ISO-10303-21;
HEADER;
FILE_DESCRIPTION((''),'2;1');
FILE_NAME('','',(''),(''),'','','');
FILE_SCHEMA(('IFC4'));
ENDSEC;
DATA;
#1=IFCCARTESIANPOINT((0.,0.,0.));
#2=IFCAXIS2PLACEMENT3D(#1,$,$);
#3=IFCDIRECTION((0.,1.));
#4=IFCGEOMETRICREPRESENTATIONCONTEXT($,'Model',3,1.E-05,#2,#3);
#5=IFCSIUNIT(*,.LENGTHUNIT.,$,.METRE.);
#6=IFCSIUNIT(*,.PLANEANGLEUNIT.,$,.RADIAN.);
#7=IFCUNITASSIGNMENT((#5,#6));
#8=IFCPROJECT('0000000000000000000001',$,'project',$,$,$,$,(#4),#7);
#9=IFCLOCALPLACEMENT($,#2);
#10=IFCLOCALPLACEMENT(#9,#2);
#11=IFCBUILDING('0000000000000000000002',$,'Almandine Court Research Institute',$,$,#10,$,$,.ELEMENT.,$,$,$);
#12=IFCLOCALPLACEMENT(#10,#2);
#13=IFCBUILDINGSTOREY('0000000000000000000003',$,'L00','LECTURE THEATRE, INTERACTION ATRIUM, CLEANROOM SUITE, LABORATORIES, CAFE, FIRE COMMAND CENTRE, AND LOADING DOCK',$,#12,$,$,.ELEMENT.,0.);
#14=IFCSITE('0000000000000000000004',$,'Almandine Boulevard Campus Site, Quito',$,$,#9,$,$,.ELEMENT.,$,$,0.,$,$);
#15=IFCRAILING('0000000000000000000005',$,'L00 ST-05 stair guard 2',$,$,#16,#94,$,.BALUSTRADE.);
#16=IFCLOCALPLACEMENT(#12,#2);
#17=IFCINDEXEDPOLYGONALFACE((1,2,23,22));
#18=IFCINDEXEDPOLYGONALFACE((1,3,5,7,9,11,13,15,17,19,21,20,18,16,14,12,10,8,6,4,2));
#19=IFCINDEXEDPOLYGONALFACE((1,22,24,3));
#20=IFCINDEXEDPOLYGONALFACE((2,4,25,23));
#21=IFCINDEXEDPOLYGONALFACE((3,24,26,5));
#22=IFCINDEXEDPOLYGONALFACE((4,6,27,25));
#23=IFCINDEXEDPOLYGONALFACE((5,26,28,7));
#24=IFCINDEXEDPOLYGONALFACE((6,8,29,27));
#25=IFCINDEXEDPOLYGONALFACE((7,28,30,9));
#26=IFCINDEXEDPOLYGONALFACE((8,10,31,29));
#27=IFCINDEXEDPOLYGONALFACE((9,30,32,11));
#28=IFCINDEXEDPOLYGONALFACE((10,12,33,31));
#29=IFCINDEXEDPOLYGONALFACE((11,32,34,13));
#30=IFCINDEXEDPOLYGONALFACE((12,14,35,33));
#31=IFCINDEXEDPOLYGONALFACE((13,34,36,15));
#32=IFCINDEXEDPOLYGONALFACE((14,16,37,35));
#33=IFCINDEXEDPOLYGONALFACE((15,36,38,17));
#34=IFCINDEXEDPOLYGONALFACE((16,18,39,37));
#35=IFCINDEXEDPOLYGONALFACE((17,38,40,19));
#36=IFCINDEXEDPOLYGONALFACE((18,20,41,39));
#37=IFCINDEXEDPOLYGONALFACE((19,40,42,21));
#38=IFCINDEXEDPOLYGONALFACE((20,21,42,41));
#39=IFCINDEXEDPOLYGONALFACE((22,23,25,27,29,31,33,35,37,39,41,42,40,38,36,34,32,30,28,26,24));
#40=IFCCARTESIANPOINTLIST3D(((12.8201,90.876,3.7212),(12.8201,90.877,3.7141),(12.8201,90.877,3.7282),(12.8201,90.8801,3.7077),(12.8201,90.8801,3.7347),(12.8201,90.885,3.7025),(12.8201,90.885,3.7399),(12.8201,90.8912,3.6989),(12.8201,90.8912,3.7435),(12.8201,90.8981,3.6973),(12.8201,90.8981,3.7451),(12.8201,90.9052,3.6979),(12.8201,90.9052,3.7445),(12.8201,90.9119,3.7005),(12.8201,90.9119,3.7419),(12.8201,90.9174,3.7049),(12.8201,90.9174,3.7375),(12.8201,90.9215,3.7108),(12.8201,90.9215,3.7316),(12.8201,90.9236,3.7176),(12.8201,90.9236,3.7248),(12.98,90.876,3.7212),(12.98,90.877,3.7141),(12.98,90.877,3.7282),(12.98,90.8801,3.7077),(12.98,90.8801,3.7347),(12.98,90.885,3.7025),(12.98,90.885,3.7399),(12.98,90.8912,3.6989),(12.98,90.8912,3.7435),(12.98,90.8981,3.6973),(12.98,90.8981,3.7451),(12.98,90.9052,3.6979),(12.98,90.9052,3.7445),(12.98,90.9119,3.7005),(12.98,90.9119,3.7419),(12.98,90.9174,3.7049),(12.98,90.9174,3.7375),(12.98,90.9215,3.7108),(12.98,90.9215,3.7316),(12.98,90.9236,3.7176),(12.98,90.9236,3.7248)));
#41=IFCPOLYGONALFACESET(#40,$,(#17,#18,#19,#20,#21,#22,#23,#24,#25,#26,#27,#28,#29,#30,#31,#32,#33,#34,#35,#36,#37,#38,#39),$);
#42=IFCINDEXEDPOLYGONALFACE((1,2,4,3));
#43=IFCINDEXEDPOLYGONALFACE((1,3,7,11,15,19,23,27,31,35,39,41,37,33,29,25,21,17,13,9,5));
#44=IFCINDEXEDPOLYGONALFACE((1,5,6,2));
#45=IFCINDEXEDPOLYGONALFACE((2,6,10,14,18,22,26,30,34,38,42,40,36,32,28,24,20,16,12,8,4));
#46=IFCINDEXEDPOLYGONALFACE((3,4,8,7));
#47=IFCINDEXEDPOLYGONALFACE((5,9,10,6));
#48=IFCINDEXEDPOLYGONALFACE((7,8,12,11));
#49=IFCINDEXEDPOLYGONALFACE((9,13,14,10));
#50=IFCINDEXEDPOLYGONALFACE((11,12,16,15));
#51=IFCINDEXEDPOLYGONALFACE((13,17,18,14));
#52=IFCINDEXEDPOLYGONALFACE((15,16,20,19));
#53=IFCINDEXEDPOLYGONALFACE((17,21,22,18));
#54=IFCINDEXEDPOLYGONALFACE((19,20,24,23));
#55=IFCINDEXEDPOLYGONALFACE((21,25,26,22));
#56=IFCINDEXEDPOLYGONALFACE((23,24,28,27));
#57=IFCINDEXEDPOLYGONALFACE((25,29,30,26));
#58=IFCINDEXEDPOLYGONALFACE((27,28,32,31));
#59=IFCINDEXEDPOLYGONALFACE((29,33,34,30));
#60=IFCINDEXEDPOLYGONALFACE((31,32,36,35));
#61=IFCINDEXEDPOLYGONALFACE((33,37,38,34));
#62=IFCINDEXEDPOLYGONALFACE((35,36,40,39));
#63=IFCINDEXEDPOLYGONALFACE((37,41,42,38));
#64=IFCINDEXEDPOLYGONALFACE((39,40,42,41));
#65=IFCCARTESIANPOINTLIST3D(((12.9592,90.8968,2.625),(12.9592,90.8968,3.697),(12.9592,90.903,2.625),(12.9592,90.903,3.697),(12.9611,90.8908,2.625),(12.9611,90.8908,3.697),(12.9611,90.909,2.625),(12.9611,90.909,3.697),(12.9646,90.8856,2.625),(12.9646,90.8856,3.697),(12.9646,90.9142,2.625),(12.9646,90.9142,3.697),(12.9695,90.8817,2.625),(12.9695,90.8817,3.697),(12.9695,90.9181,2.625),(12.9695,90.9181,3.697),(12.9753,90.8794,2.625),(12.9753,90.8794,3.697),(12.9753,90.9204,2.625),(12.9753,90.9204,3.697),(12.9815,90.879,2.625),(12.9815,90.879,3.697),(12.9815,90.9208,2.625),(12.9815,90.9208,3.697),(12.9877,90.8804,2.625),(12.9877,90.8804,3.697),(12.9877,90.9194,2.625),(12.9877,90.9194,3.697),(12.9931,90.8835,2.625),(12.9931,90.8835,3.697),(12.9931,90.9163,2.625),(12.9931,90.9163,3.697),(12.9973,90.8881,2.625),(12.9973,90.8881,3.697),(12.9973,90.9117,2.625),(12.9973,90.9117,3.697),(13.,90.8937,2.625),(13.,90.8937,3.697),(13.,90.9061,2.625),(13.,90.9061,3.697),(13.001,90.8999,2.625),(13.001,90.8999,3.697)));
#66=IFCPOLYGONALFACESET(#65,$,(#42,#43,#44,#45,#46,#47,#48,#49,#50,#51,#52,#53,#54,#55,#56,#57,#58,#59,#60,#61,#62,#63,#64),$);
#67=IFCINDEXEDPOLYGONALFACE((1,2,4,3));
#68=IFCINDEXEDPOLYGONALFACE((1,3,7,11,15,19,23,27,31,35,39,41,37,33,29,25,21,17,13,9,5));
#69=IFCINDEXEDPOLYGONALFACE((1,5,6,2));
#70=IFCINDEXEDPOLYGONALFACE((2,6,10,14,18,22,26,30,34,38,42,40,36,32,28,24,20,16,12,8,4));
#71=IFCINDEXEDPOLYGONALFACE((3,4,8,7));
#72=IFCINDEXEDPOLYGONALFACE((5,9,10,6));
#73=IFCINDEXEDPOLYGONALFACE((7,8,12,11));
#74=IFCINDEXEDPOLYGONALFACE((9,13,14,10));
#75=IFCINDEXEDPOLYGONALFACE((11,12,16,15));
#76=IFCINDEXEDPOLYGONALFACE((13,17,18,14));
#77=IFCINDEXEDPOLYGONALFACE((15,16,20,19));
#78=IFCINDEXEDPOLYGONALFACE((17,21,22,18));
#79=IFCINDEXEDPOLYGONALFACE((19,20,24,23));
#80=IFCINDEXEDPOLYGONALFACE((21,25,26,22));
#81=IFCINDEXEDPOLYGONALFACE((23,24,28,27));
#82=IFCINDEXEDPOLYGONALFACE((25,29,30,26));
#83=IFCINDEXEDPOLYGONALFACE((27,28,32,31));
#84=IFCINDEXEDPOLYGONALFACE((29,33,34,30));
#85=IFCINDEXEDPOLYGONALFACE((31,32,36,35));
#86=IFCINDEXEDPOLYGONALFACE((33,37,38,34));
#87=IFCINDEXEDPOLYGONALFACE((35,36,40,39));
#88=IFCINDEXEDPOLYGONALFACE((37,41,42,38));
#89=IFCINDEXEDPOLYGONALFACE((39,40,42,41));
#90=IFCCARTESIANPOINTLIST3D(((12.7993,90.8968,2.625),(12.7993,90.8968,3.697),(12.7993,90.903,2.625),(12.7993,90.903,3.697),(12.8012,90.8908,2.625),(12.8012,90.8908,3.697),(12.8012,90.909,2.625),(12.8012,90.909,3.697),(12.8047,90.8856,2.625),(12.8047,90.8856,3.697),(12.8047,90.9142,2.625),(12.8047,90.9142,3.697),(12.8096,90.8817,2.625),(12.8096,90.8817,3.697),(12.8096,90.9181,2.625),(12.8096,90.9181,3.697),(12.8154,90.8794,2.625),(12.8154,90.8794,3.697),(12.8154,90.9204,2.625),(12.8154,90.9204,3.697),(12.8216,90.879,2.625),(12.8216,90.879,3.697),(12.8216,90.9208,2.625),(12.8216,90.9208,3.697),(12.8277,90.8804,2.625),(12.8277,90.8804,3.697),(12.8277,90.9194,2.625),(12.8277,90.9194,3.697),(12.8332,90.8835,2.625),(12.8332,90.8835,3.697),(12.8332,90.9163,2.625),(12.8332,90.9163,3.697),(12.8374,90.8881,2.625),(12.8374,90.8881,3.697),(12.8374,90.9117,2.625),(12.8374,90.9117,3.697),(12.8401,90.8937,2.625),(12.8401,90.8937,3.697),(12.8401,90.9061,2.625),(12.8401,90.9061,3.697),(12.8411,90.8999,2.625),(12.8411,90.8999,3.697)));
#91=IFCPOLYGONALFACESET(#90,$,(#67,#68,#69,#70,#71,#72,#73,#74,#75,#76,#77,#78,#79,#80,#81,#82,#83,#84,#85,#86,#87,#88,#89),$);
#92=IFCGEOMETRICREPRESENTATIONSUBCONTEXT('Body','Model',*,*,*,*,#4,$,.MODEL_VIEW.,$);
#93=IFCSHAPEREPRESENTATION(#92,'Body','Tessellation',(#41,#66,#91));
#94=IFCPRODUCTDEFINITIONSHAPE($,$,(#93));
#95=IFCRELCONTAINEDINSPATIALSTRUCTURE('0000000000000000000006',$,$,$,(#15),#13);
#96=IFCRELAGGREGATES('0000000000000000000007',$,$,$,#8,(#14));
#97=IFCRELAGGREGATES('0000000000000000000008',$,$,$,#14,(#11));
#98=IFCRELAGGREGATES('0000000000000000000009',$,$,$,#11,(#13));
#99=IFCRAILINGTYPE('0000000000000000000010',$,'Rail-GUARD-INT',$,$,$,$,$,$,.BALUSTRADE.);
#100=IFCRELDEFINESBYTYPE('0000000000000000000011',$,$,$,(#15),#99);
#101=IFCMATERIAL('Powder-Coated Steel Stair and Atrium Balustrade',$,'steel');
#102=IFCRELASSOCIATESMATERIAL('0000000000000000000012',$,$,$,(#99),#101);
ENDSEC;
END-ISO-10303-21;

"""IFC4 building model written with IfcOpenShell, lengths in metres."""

from ifc_helpers import new_model, si_unit, direction, frame, origin, origin_2d, place, context, subcontext, project, spatial, circle, extrude, material, type_object, element, save


model = new_model("IFC4")

# Units and contexts
model_context = context("Model", 3, precision=1e-05, world=origin(), true_north=direction((0.0, 1.0)))
body_context = subcontext(model_context, "Body", "Model", "MODEL_VIEW")
ifc_project = project(units=[si_unit("LENGTHUNIT", "METRE"), si_unit("PLANEANGLEUNIT", "RADIAN")], contexts=[model_context])

# Site, building, storey
site_placement = place(None, origin())
site = spatial("IfcSite", under=ifc_project, at=site_placement, Name="Almandine Boulevard Campus Site, Quito", CompositionType="ELEMENT", RefElevation=0.0)
building_placement = place(site_placement, origin())
building = spatial("IfcBuilding", under=site, at=building_placement, Name="Almandine Court Research Institute", CompositionType="ELEMENT")
storey_placement = place(building_placement, origin())
storey = spatial("IfcBuildingStorey", under=building, at=storey_placement, Name="L00", Description="LECTURE THEATRE, INTERACTION ATRIUM, CLEANROOM SUITE, LABORATORIES, CAFE, FIRE COMMAND CENTRE, AND LOADING DOCK", CompositionType="ELEMENT", Elevation=0.0)

# Railing
ifc_material_1 = material(Name="Powder-Coated Steel Stair and Atrium Balustrade", Category="steel")
railing_type_1 = type_object("IfcRailingType", Name="Rail-GUARD-INT", PredefinedType="BALUSTRADE", material=ifc_material_1)
railing_1_placement = place(storey_placement, frame((12.98, 90.8999, 2.625)))
element("IfcRailing", 1, at=railing_1_placement, inside=storey, type_object=railing_type_1, Name="L00 ST-05 stair guard 2", PredefinedType="BALUSTRADE", context=body_context, shape_type="SweptSolid", body=[
    extrude(circle(Radius=0.0239, at=origin_2d()), frame((0.0, 0.0, 1.0962), z_axis=(-1.0, 0.0, 0.0), x_axis=(0.0, -1.0, 0.0)), (0.0, 0.0, 1.0), 0.1599),
    extrude(circle(Radius=0.021, at=origin_2d()), origin(), (0.0, 0.0, 1.0), 1.072),
    extrude(circle(Radius=0.021, at=origin_2d()), frame((-0.1599, 0.0, 0.0)), (0.0, 0.0, 1.0), 1.072),
])

save(model, "model.ifc")
